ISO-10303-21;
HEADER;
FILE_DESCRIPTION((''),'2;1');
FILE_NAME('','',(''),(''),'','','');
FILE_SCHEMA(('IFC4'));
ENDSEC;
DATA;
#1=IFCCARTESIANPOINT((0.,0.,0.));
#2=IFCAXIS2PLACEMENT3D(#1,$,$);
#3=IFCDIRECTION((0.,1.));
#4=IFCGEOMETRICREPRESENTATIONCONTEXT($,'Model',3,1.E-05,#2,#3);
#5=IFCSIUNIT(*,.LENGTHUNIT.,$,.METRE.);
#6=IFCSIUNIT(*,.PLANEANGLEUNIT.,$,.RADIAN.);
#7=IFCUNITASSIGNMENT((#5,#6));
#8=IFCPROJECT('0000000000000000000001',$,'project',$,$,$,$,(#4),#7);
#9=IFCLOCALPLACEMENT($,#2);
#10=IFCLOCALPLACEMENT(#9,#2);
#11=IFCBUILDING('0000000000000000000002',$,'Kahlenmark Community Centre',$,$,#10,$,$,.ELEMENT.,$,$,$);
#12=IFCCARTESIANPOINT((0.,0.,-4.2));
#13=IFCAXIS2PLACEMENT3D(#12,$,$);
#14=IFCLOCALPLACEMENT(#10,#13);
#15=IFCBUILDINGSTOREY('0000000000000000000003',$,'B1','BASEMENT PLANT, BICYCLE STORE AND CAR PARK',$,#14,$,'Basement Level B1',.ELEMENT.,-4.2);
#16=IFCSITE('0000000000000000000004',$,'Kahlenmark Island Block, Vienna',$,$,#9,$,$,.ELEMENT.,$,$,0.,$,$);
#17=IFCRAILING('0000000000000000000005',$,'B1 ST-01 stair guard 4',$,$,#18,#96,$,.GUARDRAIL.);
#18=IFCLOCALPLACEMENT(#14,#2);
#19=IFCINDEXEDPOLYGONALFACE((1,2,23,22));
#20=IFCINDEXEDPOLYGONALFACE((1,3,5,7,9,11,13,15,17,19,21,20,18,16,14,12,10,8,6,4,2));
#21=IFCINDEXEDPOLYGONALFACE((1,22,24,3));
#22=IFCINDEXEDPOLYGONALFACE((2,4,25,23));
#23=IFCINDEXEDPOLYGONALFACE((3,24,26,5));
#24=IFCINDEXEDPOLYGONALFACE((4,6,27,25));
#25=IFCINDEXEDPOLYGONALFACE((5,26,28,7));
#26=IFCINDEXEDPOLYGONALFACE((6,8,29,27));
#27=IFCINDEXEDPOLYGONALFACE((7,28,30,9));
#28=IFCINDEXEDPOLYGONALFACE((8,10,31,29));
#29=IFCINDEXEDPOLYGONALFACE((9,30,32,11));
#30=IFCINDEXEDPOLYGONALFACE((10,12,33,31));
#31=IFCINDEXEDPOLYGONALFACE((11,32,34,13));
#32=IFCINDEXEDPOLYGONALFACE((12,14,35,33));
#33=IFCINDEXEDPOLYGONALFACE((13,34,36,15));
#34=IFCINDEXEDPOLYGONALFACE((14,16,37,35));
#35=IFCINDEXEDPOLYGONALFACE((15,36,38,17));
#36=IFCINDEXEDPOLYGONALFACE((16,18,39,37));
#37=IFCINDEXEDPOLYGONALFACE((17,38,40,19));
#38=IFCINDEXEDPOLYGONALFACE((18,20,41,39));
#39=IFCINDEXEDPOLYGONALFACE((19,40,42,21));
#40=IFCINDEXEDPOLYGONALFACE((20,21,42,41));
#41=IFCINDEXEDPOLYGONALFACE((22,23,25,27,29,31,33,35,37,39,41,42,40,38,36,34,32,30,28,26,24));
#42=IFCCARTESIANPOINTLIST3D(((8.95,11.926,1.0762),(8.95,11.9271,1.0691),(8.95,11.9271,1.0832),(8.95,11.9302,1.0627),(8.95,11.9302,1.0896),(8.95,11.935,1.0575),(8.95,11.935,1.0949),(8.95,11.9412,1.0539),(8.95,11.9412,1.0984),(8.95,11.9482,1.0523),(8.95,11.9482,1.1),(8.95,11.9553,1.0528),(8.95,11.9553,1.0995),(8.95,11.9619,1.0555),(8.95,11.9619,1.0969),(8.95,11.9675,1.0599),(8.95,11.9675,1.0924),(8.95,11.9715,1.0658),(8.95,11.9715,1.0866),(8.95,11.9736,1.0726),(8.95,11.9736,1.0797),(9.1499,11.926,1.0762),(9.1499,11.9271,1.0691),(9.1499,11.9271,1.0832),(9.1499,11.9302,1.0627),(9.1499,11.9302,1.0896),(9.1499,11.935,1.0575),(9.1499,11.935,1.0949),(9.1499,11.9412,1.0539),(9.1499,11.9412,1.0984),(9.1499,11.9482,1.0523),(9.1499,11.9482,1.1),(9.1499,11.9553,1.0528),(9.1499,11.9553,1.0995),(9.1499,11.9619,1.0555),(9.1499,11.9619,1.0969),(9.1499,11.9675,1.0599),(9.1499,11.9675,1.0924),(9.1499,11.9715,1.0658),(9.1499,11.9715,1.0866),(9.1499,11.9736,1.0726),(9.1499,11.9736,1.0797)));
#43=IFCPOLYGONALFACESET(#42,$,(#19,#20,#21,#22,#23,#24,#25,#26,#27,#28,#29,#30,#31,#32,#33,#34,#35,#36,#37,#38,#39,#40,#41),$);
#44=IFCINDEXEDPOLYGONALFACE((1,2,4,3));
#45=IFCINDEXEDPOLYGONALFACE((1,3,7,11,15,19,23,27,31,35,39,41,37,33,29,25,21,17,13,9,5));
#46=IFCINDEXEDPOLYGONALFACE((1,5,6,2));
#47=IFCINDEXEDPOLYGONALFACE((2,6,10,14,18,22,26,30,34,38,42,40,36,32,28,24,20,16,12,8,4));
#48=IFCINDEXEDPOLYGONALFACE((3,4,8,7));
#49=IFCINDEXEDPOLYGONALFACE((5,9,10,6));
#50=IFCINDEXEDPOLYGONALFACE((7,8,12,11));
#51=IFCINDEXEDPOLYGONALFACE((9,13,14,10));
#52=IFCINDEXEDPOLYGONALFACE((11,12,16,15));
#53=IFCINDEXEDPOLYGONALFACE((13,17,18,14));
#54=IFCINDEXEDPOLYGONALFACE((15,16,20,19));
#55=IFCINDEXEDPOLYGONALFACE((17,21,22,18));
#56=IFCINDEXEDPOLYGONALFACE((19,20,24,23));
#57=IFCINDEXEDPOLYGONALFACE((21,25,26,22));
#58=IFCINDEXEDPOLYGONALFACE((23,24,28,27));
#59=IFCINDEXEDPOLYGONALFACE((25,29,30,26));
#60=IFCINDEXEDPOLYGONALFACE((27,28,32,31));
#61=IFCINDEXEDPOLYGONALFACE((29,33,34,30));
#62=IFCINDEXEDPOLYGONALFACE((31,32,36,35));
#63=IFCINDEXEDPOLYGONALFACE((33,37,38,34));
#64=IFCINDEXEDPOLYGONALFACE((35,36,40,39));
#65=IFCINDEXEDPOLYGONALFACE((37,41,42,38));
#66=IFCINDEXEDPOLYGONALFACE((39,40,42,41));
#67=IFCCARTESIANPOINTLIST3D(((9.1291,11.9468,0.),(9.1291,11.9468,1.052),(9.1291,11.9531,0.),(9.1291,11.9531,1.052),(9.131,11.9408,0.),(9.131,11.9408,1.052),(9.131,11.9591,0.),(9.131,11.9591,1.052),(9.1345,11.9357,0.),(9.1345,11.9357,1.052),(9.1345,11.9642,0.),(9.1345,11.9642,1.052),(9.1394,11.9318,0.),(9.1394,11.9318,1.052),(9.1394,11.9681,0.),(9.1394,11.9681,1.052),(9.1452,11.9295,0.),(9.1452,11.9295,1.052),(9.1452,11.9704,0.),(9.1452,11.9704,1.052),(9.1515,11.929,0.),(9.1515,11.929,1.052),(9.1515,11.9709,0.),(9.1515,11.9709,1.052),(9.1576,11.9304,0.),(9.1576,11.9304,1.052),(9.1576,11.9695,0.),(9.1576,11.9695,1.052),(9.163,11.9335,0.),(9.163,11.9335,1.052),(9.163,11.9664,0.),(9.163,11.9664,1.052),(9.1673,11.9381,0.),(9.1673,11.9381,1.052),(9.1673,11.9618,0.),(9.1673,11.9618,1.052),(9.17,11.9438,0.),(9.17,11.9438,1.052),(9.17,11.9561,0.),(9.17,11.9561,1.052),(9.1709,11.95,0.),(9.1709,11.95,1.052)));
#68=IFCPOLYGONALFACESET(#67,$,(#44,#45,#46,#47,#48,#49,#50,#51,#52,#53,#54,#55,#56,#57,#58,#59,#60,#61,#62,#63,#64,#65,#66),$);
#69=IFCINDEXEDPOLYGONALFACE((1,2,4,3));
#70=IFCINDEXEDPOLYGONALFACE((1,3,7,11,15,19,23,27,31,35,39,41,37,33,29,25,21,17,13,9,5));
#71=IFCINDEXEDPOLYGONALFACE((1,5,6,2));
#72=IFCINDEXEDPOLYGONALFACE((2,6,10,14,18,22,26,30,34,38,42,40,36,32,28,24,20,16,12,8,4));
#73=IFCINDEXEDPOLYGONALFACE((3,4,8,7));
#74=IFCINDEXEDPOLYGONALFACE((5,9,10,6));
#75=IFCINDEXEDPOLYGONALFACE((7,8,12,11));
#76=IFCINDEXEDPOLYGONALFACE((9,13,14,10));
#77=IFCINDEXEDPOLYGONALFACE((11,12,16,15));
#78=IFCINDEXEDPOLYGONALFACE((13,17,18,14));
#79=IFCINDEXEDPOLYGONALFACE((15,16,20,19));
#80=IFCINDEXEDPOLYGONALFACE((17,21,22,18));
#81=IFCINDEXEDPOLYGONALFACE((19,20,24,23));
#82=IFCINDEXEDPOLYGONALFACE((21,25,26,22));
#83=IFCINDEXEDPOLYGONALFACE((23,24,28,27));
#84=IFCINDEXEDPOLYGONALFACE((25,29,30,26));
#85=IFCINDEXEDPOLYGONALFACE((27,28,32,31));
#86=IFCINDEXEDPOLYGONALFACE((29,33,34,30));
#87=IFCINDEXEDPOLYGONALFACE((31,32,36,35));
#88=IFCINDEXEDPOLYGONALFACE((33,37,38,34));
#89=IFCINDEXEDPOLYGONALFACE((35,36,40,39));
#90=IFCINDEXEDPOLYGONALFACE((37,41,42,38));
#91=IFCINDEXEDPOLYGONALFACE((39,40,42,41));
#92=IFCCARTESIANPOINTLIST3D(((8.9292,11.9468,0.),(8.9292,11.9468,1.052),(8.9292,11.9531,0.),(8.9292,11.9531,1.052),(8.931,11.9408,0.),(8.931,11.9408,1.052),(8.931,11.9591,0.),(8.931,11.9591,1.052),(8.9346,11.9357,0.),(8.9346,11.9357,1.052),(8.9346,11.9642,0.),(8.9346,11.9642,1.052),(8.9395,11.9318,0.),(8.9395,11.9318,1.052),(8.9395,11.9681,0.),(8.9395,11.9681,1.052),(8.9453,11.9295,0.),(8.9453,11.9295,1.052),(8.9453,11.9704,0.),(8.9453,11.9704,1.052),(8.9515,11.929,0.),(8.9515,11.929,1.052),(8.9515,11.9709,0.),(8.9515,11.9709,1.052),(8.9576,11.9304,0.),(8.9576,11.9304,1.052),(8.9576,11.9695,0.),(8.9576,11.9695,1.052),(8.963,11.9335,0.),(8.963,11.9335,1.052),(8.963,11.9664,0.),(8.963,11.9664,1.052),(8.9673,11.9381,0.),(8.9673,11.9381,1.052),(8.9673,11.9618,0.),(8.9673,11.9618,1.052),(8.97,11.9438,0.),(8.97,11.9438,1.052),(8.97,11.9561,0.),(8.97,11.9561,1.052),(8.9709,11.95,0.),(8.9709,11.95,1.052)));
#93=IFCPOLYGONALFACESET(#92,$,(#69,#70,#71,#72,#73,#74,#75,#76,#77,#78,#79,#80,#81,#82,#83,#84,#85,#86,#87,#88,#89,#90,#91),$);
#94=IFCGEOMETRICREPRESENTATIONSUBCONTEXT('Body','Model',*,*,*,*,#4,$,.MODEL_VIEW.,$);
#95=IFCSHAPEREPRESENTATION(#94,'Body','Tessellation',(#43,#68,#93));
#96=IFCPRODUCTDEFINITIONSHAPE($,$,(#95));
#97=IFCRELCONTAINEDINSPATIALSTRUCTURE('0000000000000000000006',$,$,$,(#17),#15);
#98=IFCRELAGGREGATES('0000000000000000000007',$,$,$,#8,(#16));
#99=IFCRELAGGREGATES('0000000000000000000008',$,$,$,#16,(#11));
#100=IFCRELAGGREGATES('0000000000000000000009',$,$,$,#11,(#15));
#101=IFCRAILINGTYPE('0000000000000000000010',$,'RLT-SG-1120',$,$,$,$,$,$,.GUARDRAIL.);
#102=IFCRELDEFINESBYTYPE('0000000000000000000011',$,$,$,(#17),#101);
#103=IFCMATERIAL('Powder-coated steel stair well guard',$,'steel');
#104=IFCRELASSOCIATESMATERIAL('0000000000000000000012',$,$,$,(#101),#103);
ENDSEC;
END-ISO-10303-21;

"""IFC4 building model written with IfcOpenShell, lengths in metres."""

from ifc_helpers import new_model, si_unit, direction, frame, origin, origin_2d, place, context, subcontext, project, spatial, circle, extrude, material, type_object, element, save


model = new_model("IFC4")

# Units and contexts
model_context = context("Model", 3, precision=1e-05, world=origin(), true_north=direction((0.0, 1.0)))
body_context = subcontext(model_context, "Body", "Model", "MODEL_VIEW")
ifc_project = project(units=[si_unit("LENGTHUNIT", "METRE"), si_unit("PLANEANGLEUNIT", "RADIAN")], contexts=[model_context])

# Site, building, storey
site_placement = place(None, origin())
site = spatial("IfcSite", under=ifc_project, at=site_placement, Name="Kahlenmark Island Block, Vienna", CompositionType="ELEMENT", RefElevation=0.0)
building_placement = place(site_placement, origin())
building = spatial("IfcBuilding", under=site, at=building_placement, Name="Kahlenmark Community Centre", CompositionType="ELEMENT")
storey_placement = place(building_placement, frame((0.0, 0.0, -4.2)))
storey = spatial("IfcBuildingStorey", under=building, at=storey_placement, Name="B1", Description="BASEMENT PLANT, BICYCLE STORE AND CAR PARK", LongName="Basement Level B1", CompositionType="ELEMENT", Elevation=-4.2)

# Railing
ifc_material_1 = material(Name="Powder-coated steel stair well guard", Category="steel")
railing_type = type_object("IfcRailingType", Name="RLT-SG-1120", PredefinedType="GUARDRAIL", material=ifc_material_1)
railing_1_placement = place(storey_placement, frame((9.1499, 11.95, 0.0)))
element("IfcRailing", 1, at=railing_1_placement, inside=storey, type_object=railing_type, Name="B1 ST-01 stair guard 4", PredefinedType="GUARDRAIL", context=body_context, shape_type="SweptSolid", body=[
    extrude(circle(Radius=0.0239, at=origin_2d()), frame((0.0, 0.0, 1.0762), z_axis=(-1.0, 0.0, 0.0), x_axis=(0.0, -1.0, 0.0)), (0.0, 0.0, 1.0), 0.2),
    extrude(circle(Radius=0.021, at=origin_2d()), origin(), (0.0, 0.0, 1.0), 1.052),
    extrude(circle(Radius=0.021, at=origin_2d()), frame((-0.2, 0.0, 0.0)), (0.0, 0.0, 1.0), 1.052),
])

save(model, "model.ifc")
